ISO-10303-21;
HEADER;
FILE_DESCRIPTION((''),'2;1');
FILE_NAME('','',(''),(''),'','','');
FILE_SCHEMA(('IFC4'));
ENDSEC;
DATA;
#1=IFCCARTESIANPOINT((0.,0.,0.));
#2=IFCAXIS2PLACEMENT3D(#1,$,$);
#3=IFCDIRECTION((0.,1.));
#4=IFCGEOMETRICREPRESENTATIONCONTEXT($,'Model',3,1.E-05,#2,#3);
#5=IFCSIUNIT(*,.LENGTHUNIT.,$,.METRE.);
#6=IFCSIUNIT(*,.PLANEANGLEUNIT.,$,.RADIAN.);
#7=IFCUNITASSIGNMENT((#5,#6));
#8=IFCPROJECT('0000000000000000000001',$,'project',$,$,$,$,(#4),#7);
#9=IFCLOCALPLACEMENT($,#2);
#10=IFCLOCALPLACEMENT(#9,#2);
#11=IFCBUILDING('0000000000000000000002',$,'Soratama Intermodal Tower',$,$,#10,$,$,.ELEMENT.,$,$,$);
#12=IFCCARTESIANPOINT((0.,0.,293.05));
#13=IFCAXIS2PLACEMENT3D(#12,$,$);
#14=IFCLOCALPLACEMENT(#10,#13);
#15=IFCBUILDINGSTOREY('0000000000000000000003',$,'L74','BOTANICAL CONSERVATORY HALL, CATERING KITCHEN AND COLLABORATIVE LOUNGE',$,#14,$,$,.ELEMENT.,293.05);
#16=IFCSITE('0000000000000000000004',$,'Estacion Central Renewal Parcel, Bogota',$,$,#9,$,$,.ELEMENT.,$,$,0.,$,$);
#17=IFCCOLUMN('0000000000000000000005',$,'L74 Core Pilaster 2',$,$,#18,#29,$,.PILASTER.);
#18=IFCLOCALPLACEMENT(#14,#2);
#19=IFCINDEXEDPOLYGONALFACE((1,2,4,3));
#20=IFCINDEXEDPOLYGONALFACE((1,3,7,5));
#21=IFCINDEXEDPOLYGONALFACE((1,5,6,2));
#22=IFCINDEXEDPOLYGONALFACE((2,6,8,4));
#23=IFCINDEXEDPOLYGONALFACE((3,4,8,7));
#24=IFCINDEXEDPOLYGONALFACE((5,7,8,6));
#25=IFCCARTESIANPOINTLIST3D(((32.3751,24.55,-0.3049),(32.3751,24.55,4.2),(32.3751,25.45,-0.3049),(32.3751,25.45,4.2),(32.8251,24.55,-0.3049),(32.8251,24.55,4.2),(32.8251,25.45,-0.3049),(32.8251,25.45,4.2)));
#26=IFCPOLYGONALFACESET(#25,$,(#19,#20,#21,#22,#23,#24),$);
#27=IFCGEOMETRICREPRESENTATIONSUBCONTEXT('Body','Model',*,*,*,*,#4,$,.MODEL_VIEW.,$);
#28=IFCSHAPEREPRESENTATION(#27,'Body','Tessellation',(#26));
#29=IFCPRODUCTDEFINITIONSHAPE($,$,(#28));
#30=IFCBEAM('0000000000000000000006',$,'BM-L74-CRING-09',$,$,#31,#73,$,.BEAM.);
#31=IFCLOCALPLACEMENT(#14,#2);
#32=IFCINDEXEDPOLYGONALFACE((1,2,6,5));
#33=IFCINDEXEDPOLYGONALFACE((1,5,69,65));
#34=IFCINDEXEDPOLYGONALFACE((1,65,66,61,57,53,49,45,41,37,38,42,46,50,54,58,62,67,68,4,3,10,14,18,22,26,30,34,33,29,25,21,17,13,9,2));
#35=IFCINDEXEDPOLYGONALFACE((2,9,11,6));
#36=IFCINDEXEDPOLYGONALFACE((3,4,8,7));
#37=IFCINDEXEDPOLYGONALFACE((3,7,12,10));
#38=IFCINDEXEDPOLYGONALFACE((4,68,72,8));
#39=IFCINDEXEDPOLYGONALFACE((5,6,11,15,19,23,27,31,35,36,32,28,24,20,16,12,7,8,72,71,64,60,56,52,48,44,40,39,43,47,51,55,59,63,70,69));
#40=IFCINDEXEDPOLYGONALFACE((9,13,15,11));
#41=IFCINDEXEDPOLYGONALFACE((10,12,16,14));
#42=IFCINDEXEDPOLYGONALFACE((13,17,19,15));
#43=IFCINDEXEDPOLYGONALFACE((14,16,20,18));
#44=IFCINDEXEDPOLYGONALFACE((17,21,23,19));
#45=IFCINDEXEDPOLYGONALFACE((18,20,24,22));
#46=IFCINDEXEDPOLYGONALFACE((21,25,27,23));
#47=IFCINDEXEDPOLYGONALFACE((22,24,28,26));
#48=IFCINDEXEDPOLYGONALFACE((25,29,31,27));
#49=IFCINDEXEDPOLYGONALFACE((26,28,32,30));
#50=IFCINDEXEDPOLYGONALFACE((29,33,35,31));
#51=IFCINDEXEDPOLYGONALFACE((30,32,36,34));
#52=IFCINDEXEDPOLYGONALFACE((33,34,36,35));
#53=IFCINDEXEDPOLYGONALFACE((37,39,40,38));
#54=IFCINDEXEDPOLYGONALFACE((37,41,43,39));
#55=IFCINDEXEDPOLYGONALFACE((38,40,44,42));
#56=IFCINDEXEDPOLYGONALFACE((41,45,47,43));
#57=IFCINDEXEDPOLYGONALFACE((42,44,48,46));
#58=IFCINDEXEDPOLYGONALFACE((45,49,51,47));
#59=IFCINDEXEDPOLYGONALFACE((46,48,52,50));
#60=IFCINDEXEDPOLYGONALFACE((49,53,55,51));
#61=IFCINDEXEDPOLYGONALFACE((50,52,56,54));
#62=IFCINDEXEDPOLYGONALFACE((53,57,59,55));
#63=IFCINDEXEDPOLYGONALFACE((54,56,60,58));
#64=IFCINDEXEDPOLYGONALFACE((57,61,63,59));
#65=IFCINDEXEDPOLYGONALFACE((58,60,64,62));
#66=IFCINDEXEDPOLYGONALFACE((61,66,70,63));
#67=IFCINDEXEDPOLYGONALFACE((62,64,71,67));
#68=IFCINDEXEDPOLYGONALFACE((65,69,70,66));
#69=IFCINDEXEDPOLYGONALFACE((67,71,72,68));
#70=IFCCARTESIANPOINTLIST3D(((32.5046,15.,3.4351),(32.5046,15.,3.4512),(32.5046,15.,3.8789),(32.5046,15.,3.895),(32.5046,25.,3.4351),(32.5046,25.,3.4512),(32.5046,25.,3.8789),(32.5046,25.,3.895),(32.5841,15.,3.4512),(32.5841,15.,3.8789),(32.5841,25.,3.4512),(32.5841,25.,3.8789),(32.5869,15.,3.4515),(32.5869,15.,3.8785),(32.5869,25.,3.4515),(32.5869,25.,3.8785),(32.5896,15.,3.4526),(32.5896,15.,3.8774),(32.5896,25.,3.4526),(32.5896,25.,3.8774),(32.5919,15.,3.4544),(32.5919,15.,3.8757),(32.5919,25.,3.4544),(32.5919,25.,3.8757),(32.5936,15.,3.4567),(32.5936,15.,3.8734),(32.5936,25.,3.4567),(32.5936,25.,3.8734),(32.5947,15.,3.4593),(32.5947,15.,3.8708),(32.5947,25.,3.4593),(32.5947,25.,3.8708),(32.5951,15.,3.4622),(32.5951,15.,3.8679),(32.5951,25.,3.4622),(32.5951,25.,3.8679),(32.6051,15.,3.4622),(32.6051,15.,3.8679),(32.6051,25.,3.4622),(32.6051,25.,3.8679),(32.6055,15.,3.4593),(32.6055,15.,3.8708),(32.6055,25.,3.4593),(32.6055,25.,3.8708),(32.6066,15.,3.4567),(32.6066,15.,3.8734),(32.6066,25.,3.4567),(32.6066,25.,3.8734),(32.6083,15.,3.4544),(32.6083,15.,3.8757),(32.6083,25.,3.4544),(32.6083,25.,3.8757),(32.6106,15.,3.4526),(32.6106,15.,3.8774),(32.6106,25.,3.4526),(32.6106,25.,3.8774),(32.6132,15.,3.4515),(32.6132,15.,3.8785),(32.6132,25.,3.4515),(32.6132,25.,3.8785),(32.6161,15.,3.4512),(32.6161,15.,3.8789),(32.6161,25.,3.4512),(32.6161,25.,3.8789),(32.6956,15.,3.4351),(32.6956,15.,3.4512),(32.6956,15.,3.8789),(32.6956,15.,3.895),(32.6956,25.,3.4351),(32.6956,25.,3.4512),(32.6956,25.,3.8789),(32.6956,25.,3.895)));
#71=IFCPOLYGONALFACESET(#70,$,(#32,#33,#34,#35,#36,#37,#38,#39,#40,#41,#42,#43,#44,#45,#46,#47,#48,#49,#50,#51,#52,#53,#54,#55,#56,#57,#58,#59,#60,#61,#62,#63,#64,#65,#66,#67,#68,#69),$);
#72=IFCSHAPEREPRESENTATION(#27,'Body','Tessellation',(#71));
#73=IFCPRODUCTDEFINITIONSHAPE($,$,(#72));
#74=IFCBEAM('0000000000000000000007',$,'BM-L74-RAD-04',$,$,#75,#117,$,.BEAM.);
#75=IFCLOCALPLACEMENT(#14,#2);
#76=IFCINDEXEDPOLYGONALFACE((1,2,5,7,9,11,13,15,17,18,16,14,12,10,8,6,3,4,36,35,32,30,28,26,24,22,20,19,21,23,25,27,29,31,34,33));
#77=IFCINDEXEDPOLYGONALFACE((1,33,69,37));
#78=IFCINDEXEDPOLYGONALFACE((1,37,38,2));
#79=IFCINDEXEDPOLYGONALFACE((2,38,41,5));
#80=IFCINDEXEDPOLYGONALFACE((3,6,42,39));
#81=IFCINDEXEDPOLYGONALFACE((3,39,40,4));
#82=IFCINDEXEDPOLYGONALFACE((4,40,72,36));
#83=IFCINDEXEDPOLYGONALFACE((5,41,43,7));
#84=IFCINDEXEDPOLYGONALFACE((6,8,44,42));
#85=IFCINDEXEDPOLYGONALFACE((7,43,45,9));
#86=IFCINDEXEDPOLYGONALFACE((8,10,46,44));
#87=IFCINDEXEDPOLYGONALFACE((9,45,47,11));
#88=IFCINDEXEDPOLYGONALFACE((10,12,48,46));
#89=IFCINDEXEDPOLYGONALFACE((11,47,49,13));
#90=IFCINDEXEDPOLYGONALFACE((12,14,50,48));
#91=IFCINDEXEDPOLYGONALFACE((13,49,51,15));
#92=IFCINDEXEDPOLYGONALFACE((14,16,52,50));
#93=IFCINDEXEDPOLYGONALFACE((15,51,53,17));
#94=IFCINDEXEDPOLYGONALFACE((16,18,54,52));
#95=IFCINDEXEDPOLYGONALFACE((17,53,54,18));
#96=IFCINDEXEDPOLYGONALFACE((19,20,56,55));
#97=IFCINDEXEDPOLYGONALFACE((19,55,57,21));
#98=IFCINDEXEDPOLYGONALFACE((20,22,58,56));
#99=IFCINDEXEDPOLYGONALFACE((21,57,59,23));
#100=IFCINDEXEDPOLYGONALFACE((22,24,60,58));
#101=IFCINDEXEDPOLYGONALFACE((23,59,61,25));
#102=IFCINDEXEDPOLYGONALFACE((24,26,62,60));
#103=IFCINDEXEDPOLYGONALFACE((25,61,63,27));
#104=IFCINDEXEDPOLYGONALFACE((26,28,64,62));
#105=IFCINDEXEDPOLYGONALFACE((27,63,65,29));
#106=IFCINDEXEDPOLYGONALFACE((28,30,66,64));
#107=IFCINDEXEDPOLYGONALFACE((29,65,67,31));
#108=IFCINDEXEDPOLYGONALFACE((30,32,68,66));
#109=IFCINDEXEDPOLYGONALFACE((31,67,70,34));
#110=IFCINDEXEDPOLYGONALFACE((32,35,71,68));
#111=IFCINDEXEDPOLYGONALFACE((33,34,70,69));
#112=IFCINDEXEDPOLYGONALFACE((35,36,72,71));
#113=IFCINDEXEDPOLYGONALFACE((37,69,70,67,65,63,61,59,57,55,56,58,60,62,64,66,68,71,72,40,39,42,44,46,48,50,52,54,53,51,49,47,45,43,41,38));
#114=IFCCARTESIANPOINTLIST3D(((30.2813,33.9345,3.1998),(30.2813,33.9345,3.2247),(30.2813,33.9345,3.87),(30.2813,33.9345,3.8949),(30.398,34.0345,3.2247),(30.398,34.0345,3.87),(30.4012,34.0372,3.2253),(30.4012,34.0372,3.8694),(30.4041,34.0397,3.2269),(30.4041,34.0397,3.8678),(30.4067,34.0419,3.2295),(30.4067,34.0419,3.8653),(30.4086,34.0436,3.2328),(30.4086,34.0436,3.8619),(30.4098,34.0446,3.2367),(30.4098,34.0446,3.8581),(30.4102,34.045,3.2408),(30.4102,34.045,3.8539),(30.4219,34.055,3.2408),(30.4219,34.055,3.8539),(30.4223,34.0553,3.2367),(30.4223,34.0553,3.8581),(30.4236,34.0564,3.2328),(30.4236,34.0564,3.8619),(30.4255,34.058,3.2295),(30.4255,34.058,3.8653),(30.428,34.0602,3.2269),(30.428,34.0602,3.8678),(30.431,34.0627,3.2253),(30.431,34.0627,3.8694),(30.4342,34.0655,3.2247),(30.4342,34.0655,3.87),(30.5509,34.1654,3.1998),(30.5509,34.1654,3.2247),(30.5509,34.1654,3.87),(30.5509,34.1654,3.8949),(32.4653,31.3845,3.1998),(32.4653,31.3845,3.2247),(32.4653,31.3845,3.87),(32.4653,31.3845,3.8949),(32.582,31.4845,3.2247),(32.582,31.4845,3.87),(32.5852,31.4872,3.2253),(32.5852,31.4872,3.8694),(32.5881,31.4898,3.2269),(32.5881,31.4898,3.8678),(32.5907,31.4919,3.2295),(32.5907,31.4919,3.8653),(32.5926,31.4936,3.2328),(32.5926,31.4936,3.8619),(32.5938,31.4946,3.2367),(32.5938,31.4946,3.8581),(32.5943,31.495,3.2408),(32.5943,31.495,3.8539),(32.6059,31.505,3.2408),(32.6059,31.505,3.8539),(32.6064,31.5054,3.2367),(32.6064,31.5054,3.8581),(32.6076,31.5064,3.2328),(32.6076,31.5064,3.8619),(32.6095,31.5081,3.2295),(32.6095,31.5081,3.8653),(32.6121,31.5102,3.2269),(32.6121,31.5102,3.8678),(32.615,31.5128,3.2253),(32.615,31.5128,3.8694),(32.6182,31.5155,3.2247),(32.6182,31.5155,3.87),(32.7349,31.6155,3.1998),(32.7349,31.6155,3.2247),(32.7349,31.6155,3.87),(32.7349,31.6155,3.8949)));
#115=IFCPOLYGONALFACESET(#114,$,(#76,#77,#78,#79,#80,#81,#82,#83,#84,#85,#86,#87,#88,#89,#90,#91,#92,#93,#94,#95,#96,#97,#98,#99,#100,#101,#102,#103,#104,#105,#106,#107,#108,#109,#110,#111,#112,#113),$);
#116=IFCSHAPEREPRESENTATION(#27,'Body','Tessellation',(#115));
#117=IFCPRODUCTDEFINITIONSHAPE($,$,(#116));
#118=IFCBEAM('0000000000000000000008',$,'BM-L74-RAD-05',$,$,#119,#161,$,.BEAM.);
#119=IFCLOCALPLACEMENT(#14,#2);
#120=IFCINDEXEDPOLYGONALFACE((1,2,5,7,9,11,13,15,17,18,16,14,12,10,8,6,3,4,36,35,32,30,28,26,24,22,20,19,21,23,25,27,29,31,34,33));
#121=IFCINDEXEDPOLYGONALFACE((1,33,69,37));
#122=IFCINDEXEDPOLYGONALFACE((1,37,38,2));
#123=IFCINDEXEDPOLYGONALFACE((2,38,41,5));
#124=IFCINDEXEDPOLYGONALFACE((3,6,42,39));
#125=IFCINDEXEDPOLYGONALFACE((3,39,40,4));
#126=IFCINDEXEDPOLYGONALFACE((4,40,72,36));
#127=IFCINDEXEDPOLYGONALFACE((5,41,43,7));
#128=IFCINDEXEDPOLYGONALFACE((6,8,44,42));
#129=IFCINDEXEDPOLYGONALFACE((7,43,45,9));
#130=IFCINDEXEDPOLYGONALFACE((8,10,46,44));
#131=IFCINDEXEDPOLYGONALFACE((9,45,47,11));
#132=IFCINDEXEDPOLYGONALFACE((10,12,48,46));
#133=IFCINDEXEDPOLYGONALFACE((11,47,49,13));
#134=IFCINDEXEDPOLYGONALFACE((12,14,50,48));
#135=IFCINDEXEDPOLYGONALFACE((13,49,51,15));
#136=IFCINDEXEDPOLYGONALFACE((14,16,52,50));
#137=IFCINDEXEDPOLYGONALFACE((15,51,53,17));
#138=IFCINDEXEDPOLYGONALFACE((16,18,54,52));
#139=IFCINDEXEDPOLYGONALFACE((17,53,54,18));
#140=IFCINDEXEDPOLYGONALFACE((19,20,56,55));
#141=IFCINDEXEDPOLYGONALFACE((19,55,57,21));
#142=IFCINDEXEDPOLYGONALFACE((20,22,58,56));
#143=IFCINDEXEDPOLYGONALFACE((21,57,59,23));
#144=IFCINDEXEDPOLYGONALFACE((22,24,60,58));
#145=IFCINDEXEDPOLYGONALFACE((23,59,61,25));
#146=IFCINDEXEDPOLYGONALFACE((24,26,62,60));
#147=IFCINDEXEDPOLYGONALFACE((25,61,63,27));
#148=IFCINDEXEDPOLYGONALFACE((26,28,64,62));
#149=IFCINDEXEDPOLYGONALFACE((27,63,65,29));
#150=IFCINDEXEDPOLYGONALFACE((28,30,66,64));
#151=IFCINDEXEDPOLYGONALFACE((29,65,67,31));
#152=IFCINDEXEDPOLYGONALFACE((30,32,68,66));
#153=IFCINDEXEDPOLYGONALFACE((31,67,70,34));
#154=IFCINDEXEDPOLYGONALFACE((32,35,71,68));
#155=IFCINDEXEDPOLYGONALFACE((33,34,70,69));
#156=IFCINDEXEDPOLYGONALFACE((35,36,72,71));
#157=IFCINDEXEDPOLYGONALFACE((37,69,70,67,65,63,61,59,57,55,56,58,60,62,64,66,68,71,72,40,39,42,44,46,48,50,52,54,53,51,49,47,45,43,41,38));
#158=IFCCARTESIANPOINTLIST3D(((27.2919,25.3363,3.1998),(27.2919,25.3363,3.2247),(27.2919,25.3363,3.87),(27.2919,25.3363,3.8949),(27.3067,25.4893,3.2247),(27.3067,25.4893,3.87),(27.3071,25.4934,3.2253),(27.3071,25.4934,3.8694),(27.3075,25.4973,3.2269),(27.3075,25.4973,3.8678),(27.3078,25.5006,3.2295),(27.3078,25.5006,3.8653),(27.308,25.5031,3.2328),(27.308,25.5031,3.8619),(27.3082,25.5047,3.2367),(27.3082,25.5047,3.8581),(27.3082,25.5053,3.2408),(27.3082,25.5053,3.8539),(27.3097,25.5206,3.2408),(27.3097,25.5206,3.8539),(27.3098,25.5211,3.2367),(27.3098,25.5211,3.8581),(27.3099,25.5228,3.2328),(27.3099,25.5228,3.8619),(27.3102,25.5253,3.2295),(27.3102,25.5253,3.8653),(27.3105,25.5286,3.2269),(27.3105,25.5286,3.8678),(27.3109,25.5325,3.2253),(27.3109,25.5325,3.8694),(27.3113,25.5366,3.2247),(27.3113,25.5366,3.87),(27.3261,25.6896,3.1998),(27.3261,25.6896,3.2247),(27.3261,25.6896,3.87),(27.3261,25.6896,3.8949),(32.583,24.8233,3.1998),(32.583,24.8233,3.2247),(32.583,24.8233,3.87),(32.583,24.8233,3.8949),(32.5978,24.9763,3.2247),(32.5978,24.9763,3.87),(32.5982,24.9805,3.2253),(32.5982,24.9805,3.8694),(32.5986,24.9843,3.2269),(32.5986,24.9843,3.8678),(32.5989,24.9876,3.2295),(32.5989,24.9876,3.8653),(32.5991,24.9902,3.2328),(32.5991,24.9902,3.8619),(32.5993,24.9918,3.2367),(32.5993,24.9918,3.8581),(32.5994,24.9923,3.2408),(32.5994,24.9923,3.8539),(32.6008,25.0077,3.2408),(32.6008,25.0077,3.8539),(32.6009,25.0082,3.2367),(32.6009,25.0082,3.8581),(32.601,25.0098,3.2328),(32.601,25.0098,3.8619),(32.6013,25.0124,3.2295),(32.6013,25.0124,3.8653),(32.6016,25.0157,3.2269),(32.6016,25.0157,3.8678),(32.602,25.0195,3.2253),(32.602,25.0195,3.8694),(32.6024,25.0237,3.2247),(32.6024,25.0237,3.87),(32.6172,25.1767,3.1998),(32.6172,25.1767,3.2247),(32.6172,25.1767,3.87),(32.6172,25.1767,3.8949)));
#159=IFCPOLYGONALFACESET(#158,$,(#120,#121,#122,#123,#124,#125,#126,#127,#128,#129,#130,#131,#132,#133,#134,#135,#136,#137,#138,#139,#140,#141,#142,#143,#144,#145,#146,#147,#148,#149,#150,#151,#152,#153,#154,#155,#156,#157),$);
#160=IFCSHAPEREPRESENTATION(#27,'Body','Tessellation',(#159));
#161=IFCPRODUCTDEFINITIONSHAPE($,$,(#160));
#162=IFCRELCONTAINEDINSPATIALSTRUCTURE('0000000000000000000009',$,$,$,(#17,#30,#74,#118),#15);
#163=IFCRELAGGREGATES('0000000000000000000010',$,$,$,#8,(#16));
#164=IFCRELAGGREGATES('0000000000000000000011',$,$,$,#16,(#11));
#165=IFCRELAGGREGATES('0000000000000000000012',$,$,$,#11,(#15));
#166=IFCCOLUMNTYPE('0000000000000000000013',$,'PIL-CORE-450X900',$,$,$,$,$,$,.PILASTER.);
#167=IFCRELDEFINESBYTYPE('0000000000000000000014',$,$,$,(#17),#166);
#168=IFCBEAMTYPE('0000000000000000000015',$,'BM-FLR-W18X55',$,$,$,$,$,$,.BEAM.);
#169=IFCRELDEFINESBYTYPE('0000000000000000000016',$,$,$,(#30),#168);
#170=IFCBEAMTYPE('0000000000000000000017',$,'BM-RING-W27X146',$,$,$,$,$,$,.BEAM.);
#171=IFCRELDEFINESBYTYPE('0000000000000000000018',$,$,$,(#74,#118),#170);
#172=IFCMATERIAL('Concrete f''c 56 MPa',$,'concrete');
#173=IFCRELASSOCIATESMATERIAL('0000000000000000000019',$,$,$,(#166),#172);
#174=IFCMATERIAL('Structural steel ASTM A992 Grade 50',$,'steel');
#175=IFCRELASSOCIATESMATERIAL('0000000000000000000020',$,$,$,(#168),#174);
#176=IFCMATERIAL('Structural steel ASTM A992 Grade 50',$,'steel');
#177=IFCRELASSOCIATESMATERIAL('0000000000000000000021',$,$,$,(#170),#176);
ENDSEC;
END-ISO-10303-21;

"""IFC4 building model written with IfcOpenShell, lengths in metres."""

from ifc_helpers import new_model, si_unit, direction, frame, origin, origin_2d, place, context, subcontext, project, spatial, rectangle, i_section, extrude, material, material_profile, profile_set, type_object, element, save


model = new_model("IFC4")

# Units and contexts
model_context = context("Model", 3, precision=1e-05, world=origin(), true_north=direction((0.0, 1.0)))
body_context = subcontext(model_context, "Body", "Model", "MODEL_VIEW")
ifc_project = project(units=[si_unit("LENGTHUNIT", "METRE"), si_unit("PLANEANGLEUNIT", "RADIAN")], contexts=[model_context])

# Site, building, storey
site_placement = place(None, origin())
site = spatial("IfcSite", under=ifc_project, at=site_placement, Name="Estacion Central Renewal Parcel, Bogota", CompositionType="ELEMENT", RefElevation=0.0)
building_placement = place(site_placement, origin())
building = spatial("IfcBuilding", under=site, at=building_placement, Name="Soratama Intermodal Tower", CompositionType="ELEMENT")
storey_placement = place(building_placement, frame((0.0, 0.0, 293.05)))
storey = spatial("IfcBuildingStorey", under=building, at=storey_placement, Name="L74", Description="BOTANICAL CONSERVATORY HALL, CATERING KITCHEN AND COLLABORATIVE LOUNGE", CompositionType="ELEMENT", Elevation=293.05)

# Column
ifc_material_1 = material(Name="Concrete f'c 56 MPa", Category="concrete")
ifc_material_profile_1 = material_profile(ifc_material_1, rectangle(XDim=0.45, YDim=0.8999, at=origin_2d()), Name="RC450X900")
ifc_profile_set_1 = profile_set([ifc_material_profile_1], Name="Concrete f'c 56 MPa")
column_type = type_object("IfcColumnType", Name="PIL-CORE-450X900", PredefinedType="PILASTER", material=ifc_profile_set_1)
column_placement = place(storey_placement, frame((32.6001, 25.0, -0.3049), z_axis=(0.0, 0.0, 1.0), x_axis=(1.0, 0.0, 0.0)))
element("IfcColumn", 1, at=column_placement, inside=storey, type_object=column_type, Name="L74 Core Pilaster 2", PredefinedType="PILASTER", context=body_context, shape_type="SweptSolid", body=[
    extrude(rectangle(XDim=0.45, YDim=0.8999, at=origin_2d()), origin(), (0.0, 0.0, 1.0), 4.5049),
])

# Beams
ifc_material_2 = material(Name="Structural steel ASTM A992 Grade 50", Category="steel")
ifc_material_profile_2 = material_profile(ifc_material_2, i_section(OverallWidth=0.1909, OverallDepth=0.46, WebThickness=0.01, FlangeThickness=0.0161, FilletRadius=0.011, at=origin_2d()), Name="W18X55")
ifc_profile_set_2 = profile_set([ifc_material_profile_2], Name="Structural steel ASTM A992 Grade 50")
beam_type_1 = type_object("IfcBeamType", Name="BM-FLR-W18X55", PredefinedType="BEAM", material=ifc_profile_set_2)
beam_1_placement = place(storey_placement, frame((32.6001, 25.0, 3.665), z_axis=(0.0, -1.0, 0.0), x_axis=(1.0, 0.0, 0.0)))
element("IfcBeam", 2, at=beam_1_placement, inside=storey, type_object=beam_type_1, Name="BM-L74-CRING-09", PredefinedType="BEAM", context=body_context, shape_type="SweptSolid", body=[
    extrude(i_section(OverallWidth=0.1909, OverallDepth=0.46, WebThickness=0.01, FlangeThickness=0.0161, FilletRadius=0.011, at=origin_2d()), origin(), (0.0, 0.0, 1.0), 10.0),
])
ifc_material_3 = material(Name="Structural steel ASTM A992 Grade 50", Category="steel")
ifc_material_profile_3 = material_profile(ifc_material_3, i_section(OverallWidth=0.355, OverallDepth=0.6951, WebThickness=0.0154, FlangeThickness=0.0249, FilletRadius=0.0161, at=origin_2d()), Name="W27X146")
ifc_profile_set_3 = profile_set([ifc_material_profile_3], Name="Structural steel ASTM A992 Grade 50")
beam_type_2 = type_object("IfcBeamType", Name="BM-RING-W27X146", PredefinedType="BEAM", material=ifc_profile_set_3)
beam_2_placement = place(storey_placement, frame((32.6001, 31.5, 3.5474), z_axis=(-0.650504, 0.759503, 0.0), x_axis=(-0.759503, -0.650504, 0.0)))
element("IfcBeam", 3, at=beam_2_placement, inside=storey, type_object=beam_type_2, Name="BM-L74-RAD-04", PredefinedType="BEAM", context=body_context, shape_type="SweptSolid", body=[
    extrude(i_section(OverallWidth=0.355, OverallDepth=0.6951, WebThickness=0.0154, FlangeThickness=0.0249, FilletRadius=0.0161, at=origin_2d()), origin(), (0.0, 0.0, 1.0), 3.3574),
])
beam_3_placement = place(storey_placement, frame((32.6001, 25.0, 3.5474), z_axis=(-0.995334, 0.096493, 0.0), x_axis=(-0.096493, -0.995334, 0.0)))
element("IfcBeam", 4, at=beam_3_placement, inside=storey, type_object=beam_type_2, Name="BM-L74-RAD-05", PredefinedType="BEAM", context=body_context, shape_type="SweptSolid", body=[
    extrude(i_section(OverallWidth=0.355, OverallDepth=0.6951, WebThickness=0.0154, FlangeThickness=0.0249, FilletRadius=0.0161, at=origin_2d()), origin(), (0.0, 0.0, 1.0), 5.3159),
])

save(model, "model.ifc")
